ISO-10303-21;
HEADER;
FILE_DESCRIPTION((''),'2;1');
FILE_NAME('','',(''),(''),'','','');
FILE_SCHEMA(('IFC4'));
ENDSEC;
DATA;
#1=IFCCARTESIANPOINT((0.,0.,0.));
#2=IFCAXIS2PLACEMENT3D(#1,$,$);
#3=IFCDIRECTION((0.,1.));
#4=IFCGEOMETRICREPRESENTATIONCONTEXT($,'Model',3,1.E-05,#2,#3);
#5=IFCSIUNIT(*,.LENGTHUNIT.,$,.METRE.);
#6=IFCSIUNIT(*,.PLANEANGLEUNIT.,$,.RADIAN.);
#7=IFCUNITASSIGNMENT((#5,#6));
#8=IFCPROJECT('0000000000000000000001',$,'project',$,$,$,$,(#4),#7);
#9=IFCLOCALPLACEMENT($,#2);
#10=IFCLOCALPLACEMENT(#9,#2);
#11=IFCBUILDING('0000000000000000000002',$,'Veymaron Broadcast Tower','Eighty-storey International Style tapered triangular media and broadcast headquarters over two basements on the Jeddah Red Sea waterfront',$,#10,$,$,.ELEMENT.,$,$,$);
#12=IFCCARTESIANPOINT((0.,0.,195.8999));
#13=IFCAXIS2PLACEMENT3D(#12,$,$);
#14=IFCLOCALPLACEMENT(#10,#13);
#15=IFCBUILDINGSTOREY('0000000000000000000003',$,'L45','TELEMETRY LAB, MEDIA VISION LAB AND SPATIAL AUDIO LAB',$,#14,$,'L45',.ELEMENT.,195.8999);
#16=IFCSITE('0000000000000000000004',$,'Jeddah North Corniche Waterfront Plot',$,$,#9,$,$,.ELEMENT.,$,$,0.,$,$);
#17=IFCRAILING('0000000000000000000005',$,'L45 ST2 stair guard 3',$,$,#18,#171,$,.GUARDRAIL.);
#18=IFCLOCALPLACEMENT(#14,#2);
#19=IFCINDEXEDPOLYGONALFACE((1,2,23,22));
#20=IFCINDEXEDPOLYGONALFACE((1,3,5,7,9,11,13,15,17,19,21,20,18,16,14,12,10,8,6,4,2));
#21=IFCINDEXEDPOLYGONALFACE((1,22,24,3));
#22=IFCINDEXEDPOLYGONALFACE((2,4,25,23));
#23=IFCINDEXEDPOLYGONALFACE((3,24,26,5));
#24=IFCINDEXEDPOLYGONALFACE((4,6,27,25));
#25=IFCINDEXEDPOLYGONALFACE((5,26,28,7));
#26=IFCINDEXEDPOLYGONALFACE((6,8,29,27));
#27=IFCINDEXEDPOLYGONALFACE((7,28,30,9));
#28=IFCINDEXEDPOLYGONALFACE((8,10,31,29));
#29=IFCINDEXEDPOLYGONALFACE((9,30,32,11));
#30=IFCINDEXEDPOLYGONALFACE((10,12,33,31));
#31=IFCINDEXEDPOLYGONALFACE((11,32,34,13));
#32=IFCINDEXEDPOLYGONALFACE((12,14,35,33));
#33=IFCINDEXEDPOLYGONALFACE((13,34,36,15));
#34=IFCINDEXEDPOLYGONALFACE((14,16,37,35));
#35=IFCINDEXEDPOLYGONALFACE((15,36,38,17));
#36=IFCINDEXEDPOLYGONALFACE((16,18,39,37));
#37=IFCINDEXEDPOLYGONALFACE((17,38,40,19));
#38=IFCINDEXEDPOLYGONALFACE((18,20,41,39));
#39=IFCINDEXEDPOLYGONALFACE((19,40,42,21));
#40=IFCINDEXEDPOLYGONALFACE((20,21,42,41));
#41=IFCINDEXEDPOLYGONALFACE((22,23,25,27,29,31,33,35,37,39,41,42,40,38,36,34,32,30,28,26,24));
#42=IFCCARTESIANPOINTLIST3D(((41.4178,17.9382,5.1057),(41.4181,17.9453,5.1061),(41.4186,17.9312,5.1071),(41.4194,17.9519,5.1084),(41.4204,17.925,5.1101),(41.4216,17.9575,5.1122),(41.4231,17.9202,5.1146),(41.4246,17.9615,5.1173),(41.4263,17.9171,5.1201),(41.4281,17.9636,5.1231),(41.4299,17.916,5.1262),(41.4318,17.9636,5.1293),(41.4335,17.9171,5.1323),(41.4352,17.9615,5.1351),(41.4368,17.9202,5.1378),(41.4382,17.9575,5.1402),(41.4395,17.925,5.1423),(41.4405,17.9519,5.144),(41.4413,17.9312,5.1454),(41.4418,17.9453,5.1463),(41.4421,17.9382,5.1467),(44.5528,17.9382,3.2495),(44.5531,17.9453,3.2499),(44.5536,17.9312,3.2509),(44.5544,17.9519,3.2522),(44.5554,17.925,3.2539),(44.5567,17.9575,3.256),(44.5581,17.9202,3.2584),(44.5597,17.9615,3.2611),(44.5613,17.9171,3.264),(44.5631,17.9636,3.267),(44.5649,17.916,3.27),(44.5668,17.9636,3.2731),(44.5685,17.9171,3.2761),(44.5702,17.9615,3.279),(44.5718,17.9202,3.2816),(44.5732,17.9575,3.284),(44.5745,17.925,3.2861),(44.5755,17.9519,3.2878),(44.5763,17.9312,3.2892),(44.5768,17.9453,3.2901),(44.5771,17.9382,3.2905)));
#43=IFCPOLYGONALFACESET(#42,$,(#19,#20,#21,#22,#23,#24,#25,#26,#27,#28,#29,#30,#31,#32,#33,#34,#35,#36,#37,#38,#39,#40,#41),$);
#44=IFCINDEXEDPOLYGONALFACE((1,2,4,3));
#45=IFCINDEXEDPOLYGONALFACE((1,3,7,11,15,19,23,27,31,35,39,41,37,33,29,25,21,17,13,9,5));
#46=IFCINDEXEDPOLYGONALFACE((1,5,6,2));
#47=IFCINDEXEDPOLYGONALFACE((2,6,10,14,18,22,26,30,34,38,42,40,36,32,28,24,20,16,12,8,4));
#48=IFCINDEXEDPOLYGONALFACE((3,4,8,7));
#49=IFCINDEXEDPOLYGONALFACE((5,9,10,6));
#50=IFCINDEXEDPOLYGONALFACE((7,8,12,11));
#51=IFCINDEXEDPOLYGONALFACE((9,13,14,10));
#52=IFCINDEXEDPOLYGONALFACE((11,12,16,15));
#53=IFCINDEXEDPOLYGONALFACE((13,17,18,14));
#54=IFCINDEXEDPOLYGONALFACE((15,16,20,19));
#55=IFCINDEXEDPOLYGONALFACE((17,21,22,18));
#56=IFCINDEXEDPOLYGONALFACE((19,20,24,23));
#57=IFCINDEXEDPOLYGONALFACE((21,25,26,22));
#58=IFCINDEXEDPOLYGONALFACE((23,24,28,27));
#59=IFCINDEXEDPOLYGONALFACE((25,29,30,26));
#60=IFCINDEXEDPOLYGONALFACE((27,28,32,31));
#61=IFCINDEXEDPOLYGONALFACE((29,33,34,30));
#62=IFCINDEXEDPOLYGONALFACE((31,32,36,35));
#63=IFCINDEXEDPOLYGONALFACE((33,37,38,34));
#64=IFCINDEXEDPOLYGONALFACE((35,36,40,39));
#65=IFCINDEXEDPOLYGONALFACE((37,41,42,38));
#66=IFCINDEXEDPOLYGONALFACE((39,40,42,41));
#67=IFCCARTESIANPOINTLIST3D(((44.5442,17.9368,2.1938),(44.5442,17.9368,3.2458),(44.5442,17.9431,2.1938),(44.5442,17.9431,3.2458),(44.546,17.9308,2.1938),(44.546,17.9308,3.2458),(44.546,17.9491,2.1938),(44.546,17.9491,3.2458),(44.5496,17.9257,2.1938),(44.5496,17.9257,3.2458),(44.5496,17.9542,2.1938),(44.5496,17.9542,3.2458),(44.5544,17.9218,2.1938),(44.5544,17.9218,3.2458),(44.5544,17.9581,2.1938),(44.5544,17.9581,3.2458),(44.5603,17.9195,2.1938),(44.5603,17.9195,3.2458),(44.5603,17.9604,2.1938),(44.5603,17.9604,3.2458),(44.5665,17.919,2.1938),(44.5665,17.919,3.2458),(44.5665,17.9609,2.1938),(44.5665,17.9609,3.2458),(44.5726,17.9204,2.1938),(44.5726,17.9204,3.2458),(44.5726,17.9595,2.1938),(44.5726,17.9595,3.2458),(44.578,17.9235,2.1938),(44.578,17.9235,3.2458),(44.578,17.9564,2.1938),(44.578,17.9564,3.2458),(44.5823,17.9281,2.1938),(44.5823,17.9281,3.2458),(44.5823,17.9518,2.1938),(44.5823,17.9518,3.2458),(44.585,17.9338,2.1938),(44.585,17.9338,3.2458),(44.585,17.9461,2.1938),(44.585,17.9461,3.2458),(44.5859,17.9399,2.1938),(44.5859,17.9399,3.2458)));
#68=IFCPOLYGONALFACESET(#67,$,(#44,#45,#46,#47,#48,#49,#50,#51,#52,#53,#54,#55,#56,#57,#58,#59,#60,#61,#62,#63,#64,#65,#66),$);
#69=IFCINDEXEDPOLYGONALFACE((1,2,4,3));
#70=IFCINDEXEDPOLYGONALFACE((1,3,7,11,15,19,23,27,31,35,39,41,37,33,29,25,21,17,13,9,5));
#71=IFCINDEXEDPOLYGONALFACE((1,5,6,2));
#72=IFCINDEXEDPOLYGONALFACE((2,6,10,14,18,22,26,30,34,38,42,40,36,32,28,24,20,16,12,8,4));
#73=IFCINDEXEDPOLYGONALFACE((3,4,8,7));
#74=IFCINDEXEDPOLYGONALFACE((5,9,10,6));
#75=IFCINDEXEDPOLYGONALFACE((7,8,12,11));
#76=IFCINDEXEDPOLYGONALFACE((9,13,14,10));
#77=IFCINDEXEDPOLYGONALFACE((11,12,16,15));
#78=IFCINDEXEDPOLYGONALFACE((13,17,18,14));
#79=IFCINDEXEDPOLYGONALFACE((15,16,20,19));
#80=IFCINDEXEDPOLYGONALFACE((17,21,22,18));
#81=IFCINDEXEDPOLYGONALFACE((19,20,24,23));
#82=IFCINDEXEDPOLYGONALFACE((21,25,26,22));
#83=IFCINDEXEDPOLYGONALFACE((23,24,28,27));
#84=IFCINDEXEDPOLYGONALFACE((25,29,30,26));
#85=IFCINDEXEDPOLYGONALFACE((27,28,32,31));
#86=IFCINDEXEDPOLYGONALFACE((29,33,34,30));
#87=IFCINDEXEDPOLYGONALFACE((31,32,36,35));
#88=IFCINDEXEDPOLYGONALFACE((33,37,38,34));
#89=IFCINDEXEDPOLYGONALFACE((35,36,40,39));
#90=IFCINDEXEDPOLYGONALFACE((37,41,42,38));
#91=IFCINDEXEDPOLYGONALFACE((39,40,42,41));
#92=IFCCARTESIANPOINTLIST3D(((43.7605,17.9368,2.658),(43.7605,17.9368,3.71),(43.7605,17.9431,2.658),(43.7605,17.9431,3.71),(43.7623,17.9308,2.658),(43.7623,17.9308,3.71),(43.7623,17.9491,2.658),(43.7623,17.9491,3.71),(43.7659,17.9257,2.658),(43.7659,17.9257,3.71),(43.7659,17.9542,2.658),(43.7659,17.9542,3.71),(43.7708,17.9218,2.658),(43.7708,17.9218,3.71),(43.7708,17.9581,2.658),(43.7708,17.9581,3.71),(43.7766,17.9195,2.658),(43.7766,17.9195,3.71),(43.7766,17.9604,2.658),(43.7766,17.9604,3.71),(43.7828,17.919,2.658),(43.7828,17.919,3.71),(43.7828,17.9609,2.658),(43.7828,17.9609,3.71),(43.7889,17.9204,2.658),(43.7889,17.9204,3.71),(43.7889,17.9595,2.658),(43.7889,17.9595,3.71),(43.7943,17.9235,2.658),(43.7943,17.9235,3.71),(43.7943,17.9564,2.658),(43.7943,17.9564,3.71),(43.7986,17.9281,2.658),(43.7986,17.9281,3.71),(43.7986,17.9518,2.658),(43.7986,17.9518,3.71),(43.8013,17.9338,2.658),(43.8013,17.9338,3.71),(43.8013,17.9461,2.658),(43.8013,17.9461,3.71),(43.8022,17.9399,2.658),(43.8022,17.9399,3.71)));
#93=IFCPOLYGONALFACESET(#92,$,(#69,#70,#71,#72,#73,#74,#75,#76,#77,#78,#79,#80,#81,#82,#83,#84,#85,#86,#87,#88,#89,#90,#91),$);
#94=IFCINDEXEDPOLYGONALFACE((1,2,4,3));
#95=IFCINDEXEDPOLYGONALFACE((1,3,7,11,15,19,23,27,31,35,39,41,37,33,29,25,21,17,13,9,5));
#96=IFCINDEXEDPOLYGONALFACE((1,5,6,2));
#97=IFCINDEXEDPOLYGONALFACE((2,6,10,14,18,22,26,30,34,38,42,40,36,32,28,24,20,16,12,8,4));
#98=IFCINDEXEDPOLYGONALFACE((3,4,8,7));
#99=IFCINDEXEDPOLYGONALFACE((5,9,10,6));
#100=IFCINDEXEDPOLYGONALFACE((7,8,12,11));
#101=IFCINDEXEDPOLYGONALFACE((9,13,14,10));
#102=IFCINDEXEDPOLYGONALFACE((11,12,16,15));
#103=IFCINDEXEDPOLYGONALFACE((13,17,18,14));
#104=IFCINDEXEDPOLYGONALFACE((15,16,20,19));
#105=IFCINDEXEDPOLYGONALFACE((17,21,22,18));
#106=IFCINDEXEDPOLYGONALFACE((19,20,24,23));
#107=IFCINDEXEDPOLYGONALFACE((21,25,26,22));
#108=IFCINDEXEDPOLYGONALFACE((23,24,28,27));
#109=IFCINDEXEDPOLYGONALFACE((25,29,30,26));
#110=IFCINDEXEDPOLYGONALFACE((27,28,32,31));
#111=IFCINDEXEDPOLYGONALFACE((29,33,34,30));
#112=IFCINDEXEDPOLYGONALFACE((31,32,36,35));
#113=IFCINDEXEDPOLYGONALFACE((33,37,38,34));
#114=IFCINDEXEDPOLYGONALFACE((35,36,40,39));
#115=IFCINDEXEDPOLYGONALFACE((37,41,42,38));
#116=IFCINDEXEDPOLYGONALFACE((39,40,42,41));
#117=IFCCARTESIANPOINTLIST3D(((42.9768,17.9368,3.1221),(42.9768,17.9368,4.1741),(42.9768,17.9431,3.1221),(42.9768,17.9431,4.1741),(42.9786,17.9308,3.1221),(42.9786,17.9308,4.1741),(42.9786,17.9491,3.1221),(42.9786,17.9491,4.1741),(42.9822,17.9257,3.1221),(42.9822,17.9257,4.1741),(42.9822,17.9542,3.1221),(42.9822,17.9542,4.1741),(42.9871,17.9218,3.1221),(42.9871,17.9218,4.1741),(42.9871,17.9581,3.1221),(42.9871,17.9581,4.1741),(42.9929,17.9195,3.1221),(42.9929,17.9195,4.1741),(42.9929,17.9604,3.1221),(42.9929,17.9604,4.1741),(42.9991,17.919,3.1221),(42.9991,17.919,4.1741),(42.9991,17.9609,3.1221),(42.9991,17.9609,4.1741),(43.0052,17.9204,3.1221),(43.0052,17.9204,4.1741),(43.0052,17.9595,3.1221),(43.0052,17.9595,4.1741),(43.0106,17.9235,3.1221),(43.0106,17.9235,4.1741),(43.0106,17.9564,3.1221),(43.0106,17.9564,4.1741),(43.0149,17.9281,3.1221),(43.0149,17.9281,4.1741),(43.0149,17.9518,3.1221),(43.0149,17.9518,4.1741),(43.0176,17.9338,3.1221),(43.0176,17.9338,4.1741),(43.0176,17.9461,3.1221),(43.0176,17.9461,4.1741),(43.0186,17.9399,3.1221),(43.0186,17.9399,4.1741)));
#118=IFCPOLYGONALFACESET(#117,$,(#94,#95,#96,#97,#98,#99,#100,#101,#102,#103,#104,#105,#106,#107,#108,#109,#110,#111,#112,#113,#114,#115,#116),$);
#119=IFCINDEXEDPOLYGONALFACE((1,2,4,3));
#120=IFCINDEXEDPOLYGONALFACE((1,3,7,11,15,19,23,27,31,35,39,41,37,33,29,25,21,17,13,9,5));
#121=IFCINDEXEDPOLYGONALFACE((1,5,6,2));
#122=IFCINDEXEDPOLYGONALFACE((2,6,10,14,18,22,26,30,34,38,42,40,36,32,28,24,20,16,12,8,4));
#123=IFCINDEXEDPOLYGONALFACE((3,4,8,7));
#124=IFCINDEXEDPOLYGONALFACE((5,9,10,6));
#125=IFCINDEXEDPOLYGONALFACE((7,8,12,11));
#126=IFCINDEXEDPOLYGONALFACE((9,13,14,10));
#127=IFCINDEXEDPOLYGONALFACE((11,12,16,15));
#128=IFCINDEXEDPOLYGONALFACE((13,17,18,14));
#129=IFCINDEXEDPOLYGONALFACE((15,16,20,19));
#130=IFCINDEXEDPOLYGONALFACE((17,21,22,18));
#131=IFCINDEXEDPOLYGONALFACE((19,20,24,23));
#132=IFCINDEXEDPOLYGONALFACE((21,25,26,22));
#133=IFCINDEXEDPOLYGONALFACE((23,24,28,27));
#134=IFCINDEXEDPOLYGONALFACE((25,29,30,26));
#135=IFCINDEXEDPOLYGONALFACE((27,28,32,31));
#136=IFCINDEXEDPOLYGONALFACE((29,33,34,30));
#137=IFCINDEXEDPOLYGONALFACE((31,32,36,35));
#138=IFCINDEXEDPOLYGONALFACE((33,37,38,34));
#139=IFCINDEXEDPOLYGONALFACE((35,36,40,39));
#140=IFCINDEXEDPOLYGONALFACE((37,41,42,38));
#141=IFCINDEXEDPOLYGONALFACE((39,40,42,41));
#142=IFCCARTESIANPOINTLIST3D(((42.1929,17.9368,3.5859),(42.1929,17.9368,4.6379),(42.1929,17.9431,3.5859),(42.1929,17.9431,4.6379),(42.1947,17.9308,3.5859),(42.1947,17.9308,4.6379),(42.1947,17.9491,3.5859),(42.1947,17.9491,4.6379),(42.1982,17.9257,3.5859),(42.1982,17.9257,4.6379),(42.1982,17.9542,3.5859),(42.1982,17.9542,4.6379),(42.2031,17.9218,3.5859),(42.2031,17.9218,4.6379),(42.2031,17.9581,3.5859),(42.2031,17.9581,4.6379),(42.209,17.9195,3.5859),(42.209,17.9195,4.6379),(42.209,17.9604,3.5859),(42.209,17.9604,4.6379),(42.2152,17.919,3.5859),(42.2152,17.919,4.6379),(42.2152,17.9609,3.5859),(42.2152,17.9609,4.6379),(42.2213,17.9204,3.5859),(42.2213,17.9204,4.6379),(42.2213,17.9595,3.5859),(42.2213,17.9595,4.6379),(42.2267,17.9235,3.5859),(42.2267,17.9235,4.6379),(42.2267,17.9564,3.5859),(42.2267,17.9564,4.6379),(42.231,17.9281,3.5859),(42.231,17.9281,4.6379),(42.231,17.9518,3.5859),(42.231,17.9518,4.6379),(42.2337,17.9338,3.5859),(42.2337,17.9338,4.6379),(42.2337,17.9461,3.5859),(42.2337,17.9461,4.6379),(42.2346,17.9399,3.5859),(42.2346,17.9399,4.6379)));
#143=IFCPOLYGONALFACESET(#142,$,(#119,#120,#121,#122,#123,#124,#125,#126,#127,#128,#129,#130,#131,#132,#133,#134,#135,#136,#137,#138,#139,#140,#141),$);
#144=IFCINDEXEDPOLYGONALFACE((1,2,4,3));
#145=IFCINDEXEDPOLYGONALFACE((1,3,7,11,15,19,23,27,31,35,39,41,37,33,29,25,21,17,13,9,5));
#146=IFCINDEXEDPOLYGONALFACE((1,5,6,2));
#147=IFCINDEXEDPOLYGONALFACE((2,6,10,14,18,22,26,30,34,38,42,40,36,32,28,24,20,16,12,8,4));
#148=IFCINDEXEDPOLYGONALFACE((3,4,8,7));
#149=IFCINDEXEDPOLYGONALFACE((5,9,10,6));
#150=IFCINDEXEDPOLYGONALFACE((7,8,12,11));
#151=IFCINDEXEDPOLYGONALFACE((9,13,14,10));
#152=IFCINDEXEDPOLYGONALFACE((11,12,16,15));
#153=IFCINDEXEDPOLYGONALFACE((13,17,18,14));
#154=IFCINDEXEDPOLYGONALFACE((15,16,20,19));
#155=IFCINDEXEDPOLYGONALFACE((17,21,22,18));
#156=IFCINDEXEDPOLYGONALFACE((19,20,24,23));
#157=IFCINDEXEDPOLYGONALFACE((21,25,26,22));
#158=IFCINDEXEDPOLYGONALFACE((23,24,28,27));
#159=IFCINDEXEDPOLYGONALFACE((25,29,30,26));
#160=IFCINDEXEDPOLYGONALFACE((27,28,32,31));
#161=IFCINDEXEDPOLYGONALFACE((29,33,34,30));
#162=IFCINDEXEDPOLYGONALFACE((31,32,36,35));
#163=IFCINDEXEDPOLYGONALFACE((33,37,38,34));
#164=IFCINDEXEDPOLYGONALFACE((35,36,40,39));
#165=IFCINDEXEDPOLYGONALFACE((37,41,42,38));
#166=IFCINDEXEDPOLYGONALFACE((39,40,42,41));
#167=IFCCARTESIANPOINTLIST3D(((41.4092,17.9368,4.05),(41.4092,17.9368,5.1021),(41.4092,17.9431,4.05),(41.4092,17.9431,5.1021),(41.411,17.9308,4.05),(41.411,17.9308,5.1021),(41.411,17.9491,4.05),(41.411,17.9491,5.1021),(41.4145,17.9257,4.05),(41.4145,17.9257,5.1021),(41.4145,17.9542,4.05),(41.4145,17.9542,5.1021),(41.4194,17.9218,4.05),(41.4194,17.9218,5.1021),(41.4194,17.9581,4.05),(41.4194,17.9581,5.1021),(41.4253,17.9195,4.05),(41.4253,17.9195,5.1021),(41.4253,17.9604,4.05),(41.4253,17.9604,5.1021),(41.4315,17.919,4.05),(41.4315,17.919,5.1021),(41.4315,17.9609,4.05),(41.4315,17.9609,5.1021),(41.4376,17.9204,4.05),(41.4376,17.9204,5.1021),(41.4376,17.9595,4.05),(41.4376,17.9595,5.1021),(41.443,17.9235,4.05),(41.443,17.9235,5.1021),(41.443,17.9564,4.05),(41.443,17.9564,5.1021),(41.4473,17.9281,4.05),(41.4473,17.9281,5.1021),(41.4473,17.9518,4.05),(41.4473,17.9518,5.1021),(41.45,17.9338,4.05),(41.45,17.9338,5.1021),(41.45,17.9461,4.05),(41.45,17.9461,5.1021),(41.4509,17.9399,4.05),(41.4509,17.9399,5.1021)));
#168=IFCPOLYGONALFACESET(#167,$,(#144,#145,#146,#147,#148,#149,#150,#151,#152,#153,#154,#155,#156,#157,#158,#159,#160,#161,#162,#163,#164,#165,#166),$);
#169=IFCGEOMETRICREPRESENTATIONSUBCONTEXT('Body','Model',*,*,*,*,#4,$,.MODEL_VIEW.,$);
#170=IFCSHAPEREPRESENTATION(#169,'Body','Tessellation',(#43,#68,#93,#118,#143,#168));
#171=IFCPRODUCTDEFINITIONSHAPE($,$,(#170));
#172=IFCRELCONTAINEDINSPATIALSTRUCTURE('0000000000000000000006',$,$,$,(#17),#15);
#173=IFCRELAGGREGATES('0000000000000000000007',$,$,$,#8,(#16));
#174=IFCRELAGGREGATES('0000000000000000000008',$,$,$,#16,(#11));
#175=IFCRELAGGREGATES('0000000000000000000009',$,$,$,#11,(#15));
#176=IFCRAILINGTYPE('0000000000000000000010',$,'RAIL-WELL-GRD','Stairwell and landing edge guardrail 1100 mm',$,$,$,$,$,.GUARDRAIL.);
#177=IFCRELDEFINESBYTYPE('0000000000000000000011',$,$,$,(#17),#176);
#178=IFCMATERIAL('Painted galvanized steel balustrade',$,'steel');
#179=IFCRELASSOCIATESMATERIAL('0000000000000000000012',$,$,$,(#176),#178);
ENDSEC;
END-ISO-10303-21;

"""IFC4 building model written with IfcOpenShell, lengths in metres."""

from ifc_helpers import new_model, si_unit, direction, frame, origin, origin_2d, place, context, subcontext, project, spatial, circle, extrude, material, type_object, element, save


model = new_model("IFC4")

# Units and contexts
model_context = context("Model", 3, precision=1e-05, world=origin(), true_north=direction((0.0, 1.0)))
body_context = subcontext(model_context, "Body", "Model", "MODEL_VIEW")
ifc_project = project(units=[si_unit("LENGTHUNIT", "METRE"), si_unit("PLANEANGLEUNIT", "RADIAN")], contexts=[model_context])

# Site, building, storey
site_placement = place(None, origin())
site = spatial("IfcSite", under=ifc_project, at=site_placement, Name="Jeddah North Corniche Waterfront Plot", CompositionType="ELEMENT", RefElevation=0.0)
building_placement = place(site_placement, origin())
building = spatial("IfcBuilding", under=site, at=building_placement, Name="Veymaron Broadcast Tower", Description="Eighty-storey International Style tapered triangular media and broadcast headquarters over two basements on the Jeddah Red Sea waterfront", CompositionType="ELEMENT")
storey_placement = place(building_placement, frame((0.0, 0.0, 195.8999)))
storey = spatial("IfcBuildingStorey", under=building, at=storey_placement, Name="L45", Description="TELEMETRY LAB, MEDIA VISION LAB AND SPATIAL AUDIO LAB", LongName="L45", CompositionType="ELEMENT", Elevation=195.8999)

# Railing
ifc_material_1 = material(Name="Painted galvanized steel balustrade", Category="steel")
railing_type_1 = type_object("IfcRailingType", Name="RAIL-WELL-GRD", Description="Stairwell and landing edge guardrail 1100 mm", PredefinedType="GUARDRAIL", material=ifc_material_1)
railing_1_placement = place(storey_placement, frame((44.5649, 17.9399, 2.1938)))
element("IfcRailing", 1, at=railing_1_placement, inside=storey, type_object=railing_type_1, Name="L45 ST2 stair guard 3", PredefinedType="GUARDRAIL", context=body_context, shape_type="SweptSolid", body=[
    extrude(circle(Radius=0.0239, at=origin_2d()), frame((0.0, 0.0, 1.0762), z_axis=(-0.860482, 0.0, 0.509481), x_axis=(0.0, -1.0, 0.0)), (0.0, 0.0, 1.0), 3.6433),
    extrude(circle(Radius=0.021, at=origin_2d()), origin(), (0.0, 0.0, 1.0), 1.052),
    extrude(circle(Radius=0.021, at=origin_2d()), frame((-0.7837, 0.0, 0.4641)), (0.0, 0.0, 1.0), 1.052),
    extrude(circle(Radius=0.021, at=origin_2d()), frame((-1.5674, 0.0, 0.9282)), (0.0, 0.0, 1.0), 1.052),
    extrude(circle(Radius=0.021, at=origin_2d()), frame((-2.3513, 0.0, 1.3921)), (0.0, 0.0, 1.0), 1.052),
    extrude(circle(Radius=0.021, at=origin_2d()), frame((-3.135, 0.0, 1.8562)), (0.0, 0.0, 1.0), 1.052),
])

save(model, "model.ifc")
